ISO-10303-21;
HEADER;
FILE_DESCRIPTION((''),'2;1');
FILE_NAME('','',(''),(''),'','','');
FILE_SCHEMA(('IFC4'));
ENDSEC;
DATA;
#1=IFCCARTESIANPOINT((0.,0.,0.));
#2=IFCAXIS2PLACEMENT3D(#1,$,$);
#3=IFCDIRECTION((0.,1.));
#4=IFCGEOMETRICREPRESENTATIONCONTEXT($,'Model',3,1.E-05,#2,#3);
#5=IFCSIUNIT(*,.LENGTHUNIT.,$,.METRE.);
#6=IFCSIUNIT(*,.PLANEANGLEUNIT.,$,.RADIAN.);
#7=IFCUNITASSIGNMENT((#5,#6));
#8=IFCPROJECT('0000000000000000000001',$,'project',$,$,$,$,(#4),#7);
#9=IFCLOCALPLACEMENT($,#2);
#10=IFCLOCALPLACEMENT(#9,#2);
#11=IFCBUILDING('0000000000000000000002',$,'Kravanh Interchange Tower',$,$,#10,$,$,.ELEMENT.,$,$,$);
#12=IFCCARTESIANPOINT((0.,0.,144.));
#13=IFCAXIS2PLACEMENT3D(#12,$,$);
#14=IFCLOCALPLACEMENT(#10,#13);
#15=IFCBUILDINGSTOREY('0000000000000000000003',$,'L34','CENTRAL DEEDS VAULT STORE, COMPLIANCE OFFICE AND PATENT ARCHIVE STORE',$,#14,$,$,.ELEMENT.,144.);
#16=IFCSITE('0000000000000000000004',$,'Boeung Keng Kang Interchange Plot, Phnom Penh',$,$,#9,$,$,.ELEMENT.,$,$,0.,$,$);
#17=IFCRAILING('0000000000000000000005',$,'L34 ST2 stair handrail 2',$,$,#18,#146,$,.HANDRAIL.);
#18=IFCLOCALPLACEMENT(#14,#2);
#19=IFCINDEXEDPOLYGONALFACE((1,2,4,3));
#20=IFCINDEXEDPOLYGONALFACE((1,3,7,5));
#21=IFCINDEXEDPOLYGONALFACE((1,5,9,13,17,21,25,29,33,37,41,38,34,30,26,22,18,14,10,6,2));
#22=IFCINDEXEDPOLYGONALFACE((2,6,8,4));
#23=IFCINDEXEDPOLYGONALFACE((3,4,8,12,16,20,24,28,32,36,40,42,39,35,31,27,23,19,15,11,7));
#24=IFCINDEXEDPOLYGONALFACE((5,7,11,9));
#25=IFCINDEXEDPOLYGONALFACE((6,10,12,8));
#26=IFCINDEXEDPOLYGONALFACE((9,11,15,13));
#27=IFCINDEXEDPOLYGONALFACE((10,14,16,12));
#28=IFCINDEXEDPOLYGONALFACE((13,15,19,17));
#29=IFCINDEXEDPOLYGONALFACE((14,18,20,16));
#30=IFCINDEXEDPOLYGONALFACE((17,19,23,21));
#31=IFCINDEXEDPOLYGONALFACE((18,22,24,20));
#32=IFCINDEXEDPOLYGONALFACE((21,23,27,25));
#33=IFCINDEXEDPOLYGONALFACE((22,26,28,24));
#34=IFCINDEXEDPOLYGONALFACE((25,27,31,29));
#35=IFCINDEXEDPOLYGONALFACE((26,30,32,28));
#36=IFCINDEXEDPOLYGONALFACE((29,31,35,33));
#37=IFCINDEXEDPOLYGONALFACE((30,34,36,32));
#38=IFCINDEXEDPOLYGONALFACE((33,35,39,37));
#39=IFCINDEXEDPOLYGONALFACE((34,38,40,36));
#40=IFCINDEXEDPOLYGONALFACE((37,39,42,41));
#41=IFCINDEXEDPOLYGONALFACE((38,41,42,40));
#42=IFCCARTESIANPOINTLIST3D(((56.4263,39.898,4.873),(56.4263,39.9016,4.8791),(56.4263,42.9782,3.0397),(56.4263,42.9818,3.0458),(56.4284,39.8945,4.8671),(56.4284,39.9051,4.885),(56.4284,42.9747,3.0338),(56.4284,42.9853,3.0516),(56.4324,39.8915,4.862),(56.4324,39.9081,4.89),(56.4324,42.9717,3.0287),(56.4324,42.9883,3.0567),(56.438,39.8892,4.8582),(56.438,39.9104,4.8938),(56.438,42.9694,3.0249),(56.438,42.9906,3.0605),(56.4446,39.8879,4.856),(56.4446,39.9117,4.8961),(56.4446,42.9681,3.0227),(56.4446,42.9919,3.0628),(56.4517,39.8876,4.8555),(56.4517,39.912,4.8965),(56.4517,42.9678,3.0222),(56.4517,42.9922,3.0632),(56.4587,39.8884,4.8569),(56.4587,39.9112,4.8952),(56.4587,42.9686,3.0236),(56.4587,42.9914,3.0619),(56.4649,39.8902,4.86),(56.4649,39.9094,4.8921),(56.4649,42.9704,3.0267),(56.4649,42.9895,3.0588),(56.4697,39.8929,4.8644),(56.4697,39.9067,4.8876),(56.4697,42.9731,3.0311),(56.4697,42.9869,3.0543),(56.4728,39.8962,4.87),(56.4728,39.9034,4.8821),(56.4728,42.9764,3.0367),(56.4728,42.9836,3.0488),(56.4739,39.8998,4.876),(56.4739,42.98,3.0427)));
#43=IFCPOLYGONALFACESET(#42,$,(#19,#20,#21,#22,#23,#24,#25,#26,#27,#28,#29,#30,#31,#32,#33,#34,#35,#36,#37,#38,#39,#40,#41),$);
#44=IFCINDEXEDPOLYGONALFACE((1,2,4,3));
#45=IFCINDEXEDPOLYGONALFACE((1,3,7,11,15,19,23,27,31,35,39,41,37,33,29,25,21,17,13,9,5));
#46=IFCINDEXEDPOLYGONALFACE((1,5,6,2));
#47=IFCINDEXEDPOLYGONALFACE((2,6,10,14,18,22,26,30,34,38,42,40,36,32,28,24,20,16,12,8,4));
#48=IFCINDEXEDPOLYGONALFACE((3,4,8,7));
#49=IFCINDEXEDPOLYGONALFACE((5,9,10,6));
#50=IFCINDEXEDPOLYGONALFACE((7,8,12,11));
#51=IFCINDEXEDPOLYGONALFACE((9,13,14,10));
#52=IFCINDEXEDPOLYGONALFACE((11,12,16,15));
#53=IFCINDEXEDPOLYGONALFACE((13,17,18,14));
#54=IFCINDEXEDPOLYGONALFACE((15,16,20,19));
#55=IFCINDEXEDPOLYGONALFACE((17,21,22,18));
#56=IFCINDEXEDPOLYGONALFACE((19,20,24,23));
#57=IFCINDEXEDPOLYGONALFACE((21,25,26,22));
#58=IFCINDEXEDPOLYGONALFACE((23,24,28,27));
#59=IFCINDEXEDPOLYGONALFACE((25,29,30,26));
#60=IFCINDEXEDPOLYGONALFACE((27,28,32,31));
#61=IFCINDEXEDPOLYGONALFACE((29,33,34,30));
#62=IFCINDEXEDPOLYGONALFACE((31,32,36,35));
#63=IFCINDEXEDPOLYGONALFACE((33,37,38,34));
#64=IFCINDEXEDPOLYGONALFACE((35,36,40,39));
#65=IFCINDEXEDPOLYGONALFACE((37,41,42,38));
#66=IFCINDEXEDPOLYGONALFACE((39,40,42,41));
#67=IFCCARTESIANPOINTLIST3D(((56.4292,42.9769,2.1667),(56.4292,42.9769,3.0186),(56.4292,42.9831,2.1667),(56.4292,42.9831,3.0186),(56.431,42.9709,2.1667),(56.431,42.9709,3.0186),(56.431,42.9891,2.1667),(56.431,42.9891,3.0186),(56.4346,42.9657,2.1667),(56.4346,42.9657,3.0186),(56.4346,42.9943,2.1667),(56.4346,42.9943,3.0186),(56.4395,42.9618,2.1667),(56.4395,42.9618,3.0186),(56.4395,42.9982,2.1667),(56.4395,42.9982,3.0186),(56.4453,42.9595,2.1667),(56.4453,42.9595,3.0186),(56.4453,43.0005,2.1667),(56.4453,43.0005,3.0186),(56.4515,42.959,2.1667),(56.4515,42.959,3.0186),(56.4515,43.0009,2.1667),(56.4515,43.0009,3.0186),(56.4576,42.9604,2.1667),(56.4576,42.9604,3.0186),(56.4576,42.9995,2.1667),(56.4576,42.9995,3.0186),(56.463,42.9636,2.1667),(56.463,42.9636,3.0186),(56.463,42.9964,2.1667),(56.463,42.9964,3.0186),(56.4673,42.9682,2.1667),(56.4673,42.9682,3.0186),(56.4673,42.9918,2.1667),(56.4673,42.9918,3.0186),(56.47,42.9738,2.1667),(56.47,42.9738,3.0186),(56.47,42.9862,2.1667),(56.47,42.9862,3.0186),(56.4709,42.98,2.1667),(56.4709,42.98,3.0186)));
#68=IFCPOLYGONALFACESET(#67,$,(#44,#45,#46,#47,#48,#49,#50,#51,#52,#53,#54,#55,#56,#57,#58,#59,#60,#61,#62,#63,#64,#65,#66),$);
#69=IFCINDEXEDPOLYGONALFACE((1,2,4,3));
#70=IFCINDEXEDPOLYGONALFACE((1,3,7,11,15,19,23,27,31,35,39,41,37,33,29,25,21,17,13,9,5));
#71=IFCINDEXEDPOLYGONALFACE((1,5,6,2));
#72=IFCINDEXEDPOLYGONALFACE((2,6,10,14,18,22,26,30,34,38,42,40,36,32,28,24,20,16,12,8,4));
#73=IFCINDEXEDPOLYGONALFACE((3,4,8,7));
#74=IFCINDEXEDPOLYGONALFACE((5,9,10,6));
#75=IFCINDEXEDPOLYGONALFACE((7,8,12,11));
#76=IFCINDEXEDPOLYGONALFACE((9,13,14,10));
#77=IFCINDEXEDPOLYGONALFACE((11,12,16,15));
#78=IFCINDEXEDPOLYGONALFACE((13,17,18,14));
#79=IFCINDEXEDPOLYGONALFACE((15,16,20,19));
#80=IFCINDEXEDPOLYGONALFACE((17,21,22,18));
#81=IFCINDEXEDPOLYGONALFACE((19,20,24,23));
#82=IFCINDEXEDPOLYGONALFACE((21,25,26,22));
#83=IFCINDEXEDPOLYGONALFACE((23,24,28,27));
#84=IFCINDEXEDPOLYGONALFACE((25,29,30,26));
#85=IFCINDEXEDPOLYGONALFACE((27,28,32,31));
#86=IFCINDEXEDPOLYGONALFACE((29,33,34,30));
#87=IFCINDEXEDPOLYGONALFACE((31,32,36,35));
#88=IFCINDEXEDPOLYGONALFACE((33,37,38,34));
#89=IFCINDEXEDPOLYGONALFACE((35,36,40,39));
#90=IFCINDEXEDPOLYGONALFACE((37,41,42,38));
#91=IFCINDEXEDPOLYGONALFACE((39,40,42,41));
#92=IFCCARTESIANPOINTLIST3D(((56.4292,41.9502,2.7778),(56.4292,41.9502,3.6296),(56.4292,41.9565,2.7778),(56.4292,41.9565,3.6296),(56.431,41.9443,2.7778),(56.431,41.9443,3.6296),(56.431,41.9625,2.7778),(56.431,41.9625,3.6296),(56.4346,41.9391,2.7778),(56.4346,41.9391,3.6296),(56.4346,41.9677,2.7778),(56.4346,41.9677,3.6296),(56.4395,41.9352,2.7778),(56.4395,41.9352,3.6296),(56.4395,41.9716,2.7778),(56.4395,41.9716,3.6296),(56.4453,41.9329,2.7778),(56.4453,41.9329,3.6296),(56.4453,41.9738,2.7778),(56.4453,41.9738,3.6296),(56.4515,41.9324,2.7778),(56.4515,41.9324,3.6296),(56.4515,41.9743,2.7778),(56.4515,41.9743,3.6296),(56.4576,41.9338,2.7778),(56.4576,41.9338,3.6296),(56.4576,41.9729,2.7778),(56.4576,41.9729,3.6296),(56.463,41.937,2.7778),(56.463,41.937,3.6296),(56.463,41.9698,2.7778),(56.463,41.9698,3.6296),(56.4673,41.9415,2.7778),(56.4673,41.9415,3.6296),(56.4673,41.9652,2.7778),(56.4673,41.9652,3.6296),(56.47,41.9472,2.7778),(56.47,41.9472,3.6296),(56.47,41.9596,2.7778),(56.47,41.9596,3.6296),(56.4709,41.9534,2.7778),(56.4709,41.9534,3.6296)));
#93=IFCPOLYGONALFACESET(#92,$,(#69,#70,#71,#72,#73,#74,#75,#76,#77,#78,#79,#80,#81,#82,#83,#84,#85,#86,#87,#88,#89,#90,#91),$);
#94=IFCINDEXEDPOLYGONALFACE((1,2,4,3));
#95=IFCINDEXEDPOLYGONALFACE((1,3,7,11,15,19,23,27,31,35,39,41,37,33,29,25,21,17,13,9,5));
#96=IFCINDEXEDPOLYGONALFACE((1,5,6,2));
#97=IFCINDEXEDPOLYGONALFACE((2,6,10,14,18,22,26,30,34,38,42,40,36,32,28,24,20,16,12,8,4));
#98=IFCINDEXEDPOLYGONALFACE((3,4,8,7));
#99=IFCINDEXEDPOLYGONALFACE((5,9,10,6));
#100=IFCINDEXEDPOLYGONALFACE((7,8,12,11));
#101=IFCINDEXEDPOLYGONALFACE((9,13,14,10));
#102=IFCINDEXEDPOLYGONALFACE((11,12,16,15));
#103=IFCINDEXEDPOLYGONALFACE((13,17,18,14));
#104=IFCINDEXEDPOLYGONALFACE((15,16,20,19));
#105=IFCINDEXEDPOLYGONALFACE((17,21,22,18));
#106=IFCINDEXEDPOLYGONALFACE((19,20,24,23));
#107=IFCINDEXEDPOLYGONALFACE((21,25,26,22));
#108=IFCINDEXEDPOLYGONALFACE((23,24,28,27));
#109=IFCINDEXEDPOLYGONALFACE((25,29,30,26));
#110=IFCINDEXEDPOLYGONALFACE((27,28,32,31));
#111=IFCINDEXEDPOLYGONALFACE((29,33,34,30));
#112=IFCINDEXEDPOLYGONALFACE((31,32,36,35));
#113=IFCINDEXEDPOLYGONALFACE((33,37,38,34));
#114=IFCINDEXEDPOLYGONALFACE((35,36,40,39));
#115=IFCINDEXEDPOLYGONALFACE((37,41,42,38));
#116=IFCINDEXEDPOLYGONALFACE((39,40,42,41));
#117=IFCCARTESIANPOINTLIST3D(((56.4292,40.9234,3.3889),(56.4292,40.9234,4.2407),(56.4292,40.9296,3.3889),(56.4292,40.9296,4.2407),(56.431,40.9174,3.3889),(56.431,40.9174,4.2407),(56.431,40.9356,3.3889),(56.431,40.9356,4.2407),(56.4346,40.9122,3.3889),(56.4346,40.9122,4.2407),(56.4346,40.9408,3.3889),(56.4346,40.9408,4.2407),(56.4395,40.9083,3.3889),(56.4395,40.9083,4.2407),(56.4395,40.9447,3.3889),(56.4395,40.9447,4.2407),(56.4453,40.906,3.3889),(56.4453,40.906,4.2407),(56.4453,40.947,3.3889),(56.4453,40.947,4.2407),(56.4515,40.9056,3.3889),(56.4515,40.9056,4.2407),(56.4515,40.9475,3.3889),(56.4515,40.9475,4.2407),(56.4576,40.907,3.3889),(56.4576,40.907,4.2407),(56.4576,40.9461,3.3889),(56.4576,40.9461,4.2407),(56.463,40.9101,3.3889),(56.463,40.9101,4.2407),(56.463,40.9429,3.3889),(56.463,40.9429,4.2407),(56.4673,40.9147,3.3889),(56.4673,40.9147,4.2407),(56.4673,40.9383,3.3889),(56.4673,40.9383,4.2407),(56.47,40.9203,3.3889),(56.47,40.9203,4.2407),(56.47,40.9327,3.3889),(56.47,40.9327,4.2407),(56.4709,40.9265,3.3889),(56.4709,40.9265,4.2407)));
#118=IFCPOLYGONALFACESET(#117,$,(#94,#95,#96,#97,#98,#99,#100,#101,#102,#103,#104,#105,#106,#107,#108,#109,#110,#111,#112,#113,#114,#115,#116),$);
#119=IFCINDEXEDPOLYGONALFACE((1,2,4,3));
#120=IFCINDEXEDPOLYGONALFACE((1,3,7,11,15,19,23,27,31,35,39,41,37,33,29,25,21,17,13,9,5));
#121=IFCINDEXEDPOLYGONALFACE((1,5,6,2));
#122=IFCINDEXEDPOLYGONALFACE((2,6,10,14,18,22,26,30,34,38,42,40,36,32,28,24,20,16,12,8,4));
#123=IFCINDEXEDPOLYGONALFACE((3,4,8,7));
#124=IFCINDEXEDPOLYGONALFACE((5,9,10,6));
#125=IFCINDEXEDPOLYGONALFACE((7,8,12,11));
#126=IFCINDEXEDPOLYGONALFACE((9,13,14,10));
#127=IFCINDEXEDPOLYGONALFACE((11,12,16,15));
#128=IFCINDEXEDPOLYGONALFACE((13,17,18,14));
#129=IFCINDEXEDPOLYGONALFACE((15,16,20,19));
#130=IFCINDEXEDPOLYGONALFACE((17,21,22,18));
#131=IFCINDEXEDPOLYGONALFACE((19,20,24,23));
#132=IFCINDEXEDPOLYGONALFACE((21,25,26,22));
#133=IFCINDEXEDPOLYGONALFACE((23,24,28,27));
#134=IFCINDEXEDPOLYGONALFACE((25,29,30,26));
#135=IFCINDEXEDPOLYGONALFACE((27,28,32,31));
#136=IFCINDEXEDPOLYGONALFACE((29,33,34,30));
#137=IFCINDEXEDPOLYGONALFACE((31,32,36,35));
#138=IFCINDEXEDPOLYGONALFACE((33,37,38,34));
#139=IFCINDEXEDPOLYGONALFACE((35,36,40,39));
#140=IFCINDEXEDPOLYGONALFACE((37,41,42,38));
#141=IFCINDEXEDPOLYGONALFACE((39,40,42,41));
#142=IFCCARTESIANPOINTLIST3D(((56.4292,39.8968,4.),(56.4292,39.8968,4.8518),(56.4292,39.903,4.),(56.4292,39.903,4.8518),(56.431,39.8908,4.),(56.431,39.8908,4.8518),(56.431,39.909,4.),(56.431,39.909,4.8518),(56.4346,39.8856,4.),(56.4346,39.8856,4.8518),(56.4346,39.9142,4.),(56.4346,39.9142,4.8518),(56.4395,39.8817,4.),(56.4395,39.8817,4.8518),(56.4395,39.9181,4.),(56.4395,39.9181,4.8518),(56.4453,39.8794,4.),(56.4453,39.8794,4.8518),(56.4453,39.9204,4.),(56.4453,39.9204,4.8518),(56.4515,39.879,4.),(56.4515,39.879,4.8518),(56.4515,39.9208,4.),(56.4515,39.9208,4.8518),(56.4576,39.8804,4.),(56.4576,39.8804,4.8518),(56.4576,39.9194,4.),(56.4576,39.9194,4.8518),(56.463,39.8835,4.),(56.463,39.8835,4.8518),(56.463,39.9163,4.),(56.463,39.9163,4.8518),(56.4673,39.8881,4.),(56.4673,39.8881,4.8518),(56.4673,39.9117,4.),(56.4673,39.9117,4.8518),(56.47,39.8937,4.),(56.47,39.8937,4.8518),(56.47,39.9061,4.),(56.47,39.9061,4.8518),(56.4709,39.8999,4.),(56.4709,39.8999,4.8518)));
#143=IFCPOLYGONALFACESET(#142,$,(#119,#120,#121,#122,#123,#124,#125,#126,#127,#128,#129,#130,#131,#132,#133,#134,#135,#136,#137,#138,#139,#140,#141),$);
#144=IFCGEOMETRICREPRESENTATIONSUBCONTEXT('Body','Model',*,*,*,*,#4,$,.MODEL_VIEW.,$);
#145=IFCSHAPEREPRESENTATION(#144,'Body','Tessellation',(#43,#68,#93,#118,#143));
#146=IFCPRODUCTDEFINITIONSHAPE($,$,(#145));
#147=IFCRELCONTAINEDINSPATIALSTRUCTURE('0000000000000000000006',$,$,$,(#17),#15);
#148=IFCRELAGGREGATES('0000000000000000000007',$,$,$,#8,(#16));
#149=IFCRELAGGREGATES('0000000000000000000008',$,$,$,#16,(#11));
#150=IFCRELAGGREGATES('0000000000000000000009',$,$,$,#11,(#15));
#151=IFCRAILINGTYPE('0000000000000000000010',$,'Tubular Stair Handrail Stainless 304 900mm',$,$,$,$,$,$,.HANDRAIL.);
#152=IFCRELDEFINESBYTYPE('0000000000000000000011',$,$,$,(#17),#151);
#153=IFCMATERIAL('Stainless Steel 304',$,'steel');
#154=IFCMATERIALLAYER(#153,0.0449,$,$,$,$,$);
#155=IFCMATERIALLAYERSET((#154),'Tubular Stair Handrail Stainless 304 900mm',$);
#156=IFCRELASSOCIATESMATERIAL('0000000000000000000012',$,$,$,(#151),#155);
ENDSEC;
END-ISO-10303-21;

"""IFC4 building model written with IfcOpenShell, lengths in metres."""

from ifc_helpers import new_model, si_unit, direction, frame, origin, origin_2d, place, context, subcontext, project, spatial, circle, extrude, material, layer, layer_set, type_object, element, save


model = new_model("IFC4")

# Units and contexts
model_context = context("Model", 3, precision=1e-05, world=origin(), true_north=direction((0.0, 1.0)))
body_context = subcontext(model_context, "Body", "Model", "MODEL_VIEW")
ifc_project = project(units=[si_unit("LENGTHUNIT", "METRE"), si_unit("PLANEANGLEUNIT", "RADIAN")], contexts=[model_context])

# Site, building, storey
site_placement = place(None, origin())
site = spatial("IfcSite", under=ifc_project, at=site_placement, Name="Boeung Keng Kang Interchange Plot, Phnom Penh", CompositionType="ELEMENT", RefElevation=0.0)
building_placement = place(site_placement, origin())
building = spatial("IfcBuilding", under=site, at=building_placement, Name="Kravanh Interchange Tower", CompositionType="ELEMENT")
storey_placement = place(building_placement, frame((0.0, 0.0, 144.0)))
storey = spatial("IfcBuildingStorey", under=building, at=storey_placement, Name="L34", Description="CENTRAL DEEDS VAULT STORE, COMPLIANCE OFFICE AND PATENT ARCHIVE STORE", CompositionType="ELEMENT", Elevation=144.0)

# Railing
ifc_material_1 = material(Name="Stainless Steel 304", Category="steel")
ifc_layer_1 = layer(ifc_material_1, 0.0449)
ifc_layer_set_1 = layer_set([ifc_layer_1], Name="Tubular Stair Handrail Stainless 304 900mm")
railing_type_1 = type_object("IfcRailingType", Name="Tubular Stair Handrail Stainless 304 900mm", PredefinedType="HANDRAIL", material=ifc_layer_set_1)
railing_1_placement = place(storey_placement, frame((56.45, 42.98, 2.1667)))
element("IfcRailing", 1, at=railing_1_placement, inside=storey, type_object=railing_type_1, Name="L34 ST2 stair handrail 2", PredefinedType="HANDRAIL", context=body_context, shape_type="SweptSolid", body=[
    extrude(circle(Radius=0.0239, at=origin_2d()), frame((0.0, 0.0, 0.876), z_axis=(0.0, -0.859309, 0.511458), x_axis=(1.0, 0.0, 0.0)), (0.0, 0.0, 1.0), 3.5845),
    extrude(circle(Radius=0.021, at=origin_2d()), origin(), (0.0, 0.0, 1.0), 0.8518),
    extrude(circle(Radius=0.021, at=origin_2d()), frame((0.0, -1.0266, 0.6111)), (0.0, 0.0, 1.0), 0.8518),
    extrude(circle(Radius=0.021, at=origin_2d()), frame((0.0, -2.0535, 1.2222)), (0.0, 0.0, 1.0), 0.8518),
    extrude(circle(Radius=0.021, at=origin_2d()), frame((0.0, -3.0801, 1.8333)), (0.0, 0.0, 1.0), 0.8518),
])

save(model, "model.ifc")
